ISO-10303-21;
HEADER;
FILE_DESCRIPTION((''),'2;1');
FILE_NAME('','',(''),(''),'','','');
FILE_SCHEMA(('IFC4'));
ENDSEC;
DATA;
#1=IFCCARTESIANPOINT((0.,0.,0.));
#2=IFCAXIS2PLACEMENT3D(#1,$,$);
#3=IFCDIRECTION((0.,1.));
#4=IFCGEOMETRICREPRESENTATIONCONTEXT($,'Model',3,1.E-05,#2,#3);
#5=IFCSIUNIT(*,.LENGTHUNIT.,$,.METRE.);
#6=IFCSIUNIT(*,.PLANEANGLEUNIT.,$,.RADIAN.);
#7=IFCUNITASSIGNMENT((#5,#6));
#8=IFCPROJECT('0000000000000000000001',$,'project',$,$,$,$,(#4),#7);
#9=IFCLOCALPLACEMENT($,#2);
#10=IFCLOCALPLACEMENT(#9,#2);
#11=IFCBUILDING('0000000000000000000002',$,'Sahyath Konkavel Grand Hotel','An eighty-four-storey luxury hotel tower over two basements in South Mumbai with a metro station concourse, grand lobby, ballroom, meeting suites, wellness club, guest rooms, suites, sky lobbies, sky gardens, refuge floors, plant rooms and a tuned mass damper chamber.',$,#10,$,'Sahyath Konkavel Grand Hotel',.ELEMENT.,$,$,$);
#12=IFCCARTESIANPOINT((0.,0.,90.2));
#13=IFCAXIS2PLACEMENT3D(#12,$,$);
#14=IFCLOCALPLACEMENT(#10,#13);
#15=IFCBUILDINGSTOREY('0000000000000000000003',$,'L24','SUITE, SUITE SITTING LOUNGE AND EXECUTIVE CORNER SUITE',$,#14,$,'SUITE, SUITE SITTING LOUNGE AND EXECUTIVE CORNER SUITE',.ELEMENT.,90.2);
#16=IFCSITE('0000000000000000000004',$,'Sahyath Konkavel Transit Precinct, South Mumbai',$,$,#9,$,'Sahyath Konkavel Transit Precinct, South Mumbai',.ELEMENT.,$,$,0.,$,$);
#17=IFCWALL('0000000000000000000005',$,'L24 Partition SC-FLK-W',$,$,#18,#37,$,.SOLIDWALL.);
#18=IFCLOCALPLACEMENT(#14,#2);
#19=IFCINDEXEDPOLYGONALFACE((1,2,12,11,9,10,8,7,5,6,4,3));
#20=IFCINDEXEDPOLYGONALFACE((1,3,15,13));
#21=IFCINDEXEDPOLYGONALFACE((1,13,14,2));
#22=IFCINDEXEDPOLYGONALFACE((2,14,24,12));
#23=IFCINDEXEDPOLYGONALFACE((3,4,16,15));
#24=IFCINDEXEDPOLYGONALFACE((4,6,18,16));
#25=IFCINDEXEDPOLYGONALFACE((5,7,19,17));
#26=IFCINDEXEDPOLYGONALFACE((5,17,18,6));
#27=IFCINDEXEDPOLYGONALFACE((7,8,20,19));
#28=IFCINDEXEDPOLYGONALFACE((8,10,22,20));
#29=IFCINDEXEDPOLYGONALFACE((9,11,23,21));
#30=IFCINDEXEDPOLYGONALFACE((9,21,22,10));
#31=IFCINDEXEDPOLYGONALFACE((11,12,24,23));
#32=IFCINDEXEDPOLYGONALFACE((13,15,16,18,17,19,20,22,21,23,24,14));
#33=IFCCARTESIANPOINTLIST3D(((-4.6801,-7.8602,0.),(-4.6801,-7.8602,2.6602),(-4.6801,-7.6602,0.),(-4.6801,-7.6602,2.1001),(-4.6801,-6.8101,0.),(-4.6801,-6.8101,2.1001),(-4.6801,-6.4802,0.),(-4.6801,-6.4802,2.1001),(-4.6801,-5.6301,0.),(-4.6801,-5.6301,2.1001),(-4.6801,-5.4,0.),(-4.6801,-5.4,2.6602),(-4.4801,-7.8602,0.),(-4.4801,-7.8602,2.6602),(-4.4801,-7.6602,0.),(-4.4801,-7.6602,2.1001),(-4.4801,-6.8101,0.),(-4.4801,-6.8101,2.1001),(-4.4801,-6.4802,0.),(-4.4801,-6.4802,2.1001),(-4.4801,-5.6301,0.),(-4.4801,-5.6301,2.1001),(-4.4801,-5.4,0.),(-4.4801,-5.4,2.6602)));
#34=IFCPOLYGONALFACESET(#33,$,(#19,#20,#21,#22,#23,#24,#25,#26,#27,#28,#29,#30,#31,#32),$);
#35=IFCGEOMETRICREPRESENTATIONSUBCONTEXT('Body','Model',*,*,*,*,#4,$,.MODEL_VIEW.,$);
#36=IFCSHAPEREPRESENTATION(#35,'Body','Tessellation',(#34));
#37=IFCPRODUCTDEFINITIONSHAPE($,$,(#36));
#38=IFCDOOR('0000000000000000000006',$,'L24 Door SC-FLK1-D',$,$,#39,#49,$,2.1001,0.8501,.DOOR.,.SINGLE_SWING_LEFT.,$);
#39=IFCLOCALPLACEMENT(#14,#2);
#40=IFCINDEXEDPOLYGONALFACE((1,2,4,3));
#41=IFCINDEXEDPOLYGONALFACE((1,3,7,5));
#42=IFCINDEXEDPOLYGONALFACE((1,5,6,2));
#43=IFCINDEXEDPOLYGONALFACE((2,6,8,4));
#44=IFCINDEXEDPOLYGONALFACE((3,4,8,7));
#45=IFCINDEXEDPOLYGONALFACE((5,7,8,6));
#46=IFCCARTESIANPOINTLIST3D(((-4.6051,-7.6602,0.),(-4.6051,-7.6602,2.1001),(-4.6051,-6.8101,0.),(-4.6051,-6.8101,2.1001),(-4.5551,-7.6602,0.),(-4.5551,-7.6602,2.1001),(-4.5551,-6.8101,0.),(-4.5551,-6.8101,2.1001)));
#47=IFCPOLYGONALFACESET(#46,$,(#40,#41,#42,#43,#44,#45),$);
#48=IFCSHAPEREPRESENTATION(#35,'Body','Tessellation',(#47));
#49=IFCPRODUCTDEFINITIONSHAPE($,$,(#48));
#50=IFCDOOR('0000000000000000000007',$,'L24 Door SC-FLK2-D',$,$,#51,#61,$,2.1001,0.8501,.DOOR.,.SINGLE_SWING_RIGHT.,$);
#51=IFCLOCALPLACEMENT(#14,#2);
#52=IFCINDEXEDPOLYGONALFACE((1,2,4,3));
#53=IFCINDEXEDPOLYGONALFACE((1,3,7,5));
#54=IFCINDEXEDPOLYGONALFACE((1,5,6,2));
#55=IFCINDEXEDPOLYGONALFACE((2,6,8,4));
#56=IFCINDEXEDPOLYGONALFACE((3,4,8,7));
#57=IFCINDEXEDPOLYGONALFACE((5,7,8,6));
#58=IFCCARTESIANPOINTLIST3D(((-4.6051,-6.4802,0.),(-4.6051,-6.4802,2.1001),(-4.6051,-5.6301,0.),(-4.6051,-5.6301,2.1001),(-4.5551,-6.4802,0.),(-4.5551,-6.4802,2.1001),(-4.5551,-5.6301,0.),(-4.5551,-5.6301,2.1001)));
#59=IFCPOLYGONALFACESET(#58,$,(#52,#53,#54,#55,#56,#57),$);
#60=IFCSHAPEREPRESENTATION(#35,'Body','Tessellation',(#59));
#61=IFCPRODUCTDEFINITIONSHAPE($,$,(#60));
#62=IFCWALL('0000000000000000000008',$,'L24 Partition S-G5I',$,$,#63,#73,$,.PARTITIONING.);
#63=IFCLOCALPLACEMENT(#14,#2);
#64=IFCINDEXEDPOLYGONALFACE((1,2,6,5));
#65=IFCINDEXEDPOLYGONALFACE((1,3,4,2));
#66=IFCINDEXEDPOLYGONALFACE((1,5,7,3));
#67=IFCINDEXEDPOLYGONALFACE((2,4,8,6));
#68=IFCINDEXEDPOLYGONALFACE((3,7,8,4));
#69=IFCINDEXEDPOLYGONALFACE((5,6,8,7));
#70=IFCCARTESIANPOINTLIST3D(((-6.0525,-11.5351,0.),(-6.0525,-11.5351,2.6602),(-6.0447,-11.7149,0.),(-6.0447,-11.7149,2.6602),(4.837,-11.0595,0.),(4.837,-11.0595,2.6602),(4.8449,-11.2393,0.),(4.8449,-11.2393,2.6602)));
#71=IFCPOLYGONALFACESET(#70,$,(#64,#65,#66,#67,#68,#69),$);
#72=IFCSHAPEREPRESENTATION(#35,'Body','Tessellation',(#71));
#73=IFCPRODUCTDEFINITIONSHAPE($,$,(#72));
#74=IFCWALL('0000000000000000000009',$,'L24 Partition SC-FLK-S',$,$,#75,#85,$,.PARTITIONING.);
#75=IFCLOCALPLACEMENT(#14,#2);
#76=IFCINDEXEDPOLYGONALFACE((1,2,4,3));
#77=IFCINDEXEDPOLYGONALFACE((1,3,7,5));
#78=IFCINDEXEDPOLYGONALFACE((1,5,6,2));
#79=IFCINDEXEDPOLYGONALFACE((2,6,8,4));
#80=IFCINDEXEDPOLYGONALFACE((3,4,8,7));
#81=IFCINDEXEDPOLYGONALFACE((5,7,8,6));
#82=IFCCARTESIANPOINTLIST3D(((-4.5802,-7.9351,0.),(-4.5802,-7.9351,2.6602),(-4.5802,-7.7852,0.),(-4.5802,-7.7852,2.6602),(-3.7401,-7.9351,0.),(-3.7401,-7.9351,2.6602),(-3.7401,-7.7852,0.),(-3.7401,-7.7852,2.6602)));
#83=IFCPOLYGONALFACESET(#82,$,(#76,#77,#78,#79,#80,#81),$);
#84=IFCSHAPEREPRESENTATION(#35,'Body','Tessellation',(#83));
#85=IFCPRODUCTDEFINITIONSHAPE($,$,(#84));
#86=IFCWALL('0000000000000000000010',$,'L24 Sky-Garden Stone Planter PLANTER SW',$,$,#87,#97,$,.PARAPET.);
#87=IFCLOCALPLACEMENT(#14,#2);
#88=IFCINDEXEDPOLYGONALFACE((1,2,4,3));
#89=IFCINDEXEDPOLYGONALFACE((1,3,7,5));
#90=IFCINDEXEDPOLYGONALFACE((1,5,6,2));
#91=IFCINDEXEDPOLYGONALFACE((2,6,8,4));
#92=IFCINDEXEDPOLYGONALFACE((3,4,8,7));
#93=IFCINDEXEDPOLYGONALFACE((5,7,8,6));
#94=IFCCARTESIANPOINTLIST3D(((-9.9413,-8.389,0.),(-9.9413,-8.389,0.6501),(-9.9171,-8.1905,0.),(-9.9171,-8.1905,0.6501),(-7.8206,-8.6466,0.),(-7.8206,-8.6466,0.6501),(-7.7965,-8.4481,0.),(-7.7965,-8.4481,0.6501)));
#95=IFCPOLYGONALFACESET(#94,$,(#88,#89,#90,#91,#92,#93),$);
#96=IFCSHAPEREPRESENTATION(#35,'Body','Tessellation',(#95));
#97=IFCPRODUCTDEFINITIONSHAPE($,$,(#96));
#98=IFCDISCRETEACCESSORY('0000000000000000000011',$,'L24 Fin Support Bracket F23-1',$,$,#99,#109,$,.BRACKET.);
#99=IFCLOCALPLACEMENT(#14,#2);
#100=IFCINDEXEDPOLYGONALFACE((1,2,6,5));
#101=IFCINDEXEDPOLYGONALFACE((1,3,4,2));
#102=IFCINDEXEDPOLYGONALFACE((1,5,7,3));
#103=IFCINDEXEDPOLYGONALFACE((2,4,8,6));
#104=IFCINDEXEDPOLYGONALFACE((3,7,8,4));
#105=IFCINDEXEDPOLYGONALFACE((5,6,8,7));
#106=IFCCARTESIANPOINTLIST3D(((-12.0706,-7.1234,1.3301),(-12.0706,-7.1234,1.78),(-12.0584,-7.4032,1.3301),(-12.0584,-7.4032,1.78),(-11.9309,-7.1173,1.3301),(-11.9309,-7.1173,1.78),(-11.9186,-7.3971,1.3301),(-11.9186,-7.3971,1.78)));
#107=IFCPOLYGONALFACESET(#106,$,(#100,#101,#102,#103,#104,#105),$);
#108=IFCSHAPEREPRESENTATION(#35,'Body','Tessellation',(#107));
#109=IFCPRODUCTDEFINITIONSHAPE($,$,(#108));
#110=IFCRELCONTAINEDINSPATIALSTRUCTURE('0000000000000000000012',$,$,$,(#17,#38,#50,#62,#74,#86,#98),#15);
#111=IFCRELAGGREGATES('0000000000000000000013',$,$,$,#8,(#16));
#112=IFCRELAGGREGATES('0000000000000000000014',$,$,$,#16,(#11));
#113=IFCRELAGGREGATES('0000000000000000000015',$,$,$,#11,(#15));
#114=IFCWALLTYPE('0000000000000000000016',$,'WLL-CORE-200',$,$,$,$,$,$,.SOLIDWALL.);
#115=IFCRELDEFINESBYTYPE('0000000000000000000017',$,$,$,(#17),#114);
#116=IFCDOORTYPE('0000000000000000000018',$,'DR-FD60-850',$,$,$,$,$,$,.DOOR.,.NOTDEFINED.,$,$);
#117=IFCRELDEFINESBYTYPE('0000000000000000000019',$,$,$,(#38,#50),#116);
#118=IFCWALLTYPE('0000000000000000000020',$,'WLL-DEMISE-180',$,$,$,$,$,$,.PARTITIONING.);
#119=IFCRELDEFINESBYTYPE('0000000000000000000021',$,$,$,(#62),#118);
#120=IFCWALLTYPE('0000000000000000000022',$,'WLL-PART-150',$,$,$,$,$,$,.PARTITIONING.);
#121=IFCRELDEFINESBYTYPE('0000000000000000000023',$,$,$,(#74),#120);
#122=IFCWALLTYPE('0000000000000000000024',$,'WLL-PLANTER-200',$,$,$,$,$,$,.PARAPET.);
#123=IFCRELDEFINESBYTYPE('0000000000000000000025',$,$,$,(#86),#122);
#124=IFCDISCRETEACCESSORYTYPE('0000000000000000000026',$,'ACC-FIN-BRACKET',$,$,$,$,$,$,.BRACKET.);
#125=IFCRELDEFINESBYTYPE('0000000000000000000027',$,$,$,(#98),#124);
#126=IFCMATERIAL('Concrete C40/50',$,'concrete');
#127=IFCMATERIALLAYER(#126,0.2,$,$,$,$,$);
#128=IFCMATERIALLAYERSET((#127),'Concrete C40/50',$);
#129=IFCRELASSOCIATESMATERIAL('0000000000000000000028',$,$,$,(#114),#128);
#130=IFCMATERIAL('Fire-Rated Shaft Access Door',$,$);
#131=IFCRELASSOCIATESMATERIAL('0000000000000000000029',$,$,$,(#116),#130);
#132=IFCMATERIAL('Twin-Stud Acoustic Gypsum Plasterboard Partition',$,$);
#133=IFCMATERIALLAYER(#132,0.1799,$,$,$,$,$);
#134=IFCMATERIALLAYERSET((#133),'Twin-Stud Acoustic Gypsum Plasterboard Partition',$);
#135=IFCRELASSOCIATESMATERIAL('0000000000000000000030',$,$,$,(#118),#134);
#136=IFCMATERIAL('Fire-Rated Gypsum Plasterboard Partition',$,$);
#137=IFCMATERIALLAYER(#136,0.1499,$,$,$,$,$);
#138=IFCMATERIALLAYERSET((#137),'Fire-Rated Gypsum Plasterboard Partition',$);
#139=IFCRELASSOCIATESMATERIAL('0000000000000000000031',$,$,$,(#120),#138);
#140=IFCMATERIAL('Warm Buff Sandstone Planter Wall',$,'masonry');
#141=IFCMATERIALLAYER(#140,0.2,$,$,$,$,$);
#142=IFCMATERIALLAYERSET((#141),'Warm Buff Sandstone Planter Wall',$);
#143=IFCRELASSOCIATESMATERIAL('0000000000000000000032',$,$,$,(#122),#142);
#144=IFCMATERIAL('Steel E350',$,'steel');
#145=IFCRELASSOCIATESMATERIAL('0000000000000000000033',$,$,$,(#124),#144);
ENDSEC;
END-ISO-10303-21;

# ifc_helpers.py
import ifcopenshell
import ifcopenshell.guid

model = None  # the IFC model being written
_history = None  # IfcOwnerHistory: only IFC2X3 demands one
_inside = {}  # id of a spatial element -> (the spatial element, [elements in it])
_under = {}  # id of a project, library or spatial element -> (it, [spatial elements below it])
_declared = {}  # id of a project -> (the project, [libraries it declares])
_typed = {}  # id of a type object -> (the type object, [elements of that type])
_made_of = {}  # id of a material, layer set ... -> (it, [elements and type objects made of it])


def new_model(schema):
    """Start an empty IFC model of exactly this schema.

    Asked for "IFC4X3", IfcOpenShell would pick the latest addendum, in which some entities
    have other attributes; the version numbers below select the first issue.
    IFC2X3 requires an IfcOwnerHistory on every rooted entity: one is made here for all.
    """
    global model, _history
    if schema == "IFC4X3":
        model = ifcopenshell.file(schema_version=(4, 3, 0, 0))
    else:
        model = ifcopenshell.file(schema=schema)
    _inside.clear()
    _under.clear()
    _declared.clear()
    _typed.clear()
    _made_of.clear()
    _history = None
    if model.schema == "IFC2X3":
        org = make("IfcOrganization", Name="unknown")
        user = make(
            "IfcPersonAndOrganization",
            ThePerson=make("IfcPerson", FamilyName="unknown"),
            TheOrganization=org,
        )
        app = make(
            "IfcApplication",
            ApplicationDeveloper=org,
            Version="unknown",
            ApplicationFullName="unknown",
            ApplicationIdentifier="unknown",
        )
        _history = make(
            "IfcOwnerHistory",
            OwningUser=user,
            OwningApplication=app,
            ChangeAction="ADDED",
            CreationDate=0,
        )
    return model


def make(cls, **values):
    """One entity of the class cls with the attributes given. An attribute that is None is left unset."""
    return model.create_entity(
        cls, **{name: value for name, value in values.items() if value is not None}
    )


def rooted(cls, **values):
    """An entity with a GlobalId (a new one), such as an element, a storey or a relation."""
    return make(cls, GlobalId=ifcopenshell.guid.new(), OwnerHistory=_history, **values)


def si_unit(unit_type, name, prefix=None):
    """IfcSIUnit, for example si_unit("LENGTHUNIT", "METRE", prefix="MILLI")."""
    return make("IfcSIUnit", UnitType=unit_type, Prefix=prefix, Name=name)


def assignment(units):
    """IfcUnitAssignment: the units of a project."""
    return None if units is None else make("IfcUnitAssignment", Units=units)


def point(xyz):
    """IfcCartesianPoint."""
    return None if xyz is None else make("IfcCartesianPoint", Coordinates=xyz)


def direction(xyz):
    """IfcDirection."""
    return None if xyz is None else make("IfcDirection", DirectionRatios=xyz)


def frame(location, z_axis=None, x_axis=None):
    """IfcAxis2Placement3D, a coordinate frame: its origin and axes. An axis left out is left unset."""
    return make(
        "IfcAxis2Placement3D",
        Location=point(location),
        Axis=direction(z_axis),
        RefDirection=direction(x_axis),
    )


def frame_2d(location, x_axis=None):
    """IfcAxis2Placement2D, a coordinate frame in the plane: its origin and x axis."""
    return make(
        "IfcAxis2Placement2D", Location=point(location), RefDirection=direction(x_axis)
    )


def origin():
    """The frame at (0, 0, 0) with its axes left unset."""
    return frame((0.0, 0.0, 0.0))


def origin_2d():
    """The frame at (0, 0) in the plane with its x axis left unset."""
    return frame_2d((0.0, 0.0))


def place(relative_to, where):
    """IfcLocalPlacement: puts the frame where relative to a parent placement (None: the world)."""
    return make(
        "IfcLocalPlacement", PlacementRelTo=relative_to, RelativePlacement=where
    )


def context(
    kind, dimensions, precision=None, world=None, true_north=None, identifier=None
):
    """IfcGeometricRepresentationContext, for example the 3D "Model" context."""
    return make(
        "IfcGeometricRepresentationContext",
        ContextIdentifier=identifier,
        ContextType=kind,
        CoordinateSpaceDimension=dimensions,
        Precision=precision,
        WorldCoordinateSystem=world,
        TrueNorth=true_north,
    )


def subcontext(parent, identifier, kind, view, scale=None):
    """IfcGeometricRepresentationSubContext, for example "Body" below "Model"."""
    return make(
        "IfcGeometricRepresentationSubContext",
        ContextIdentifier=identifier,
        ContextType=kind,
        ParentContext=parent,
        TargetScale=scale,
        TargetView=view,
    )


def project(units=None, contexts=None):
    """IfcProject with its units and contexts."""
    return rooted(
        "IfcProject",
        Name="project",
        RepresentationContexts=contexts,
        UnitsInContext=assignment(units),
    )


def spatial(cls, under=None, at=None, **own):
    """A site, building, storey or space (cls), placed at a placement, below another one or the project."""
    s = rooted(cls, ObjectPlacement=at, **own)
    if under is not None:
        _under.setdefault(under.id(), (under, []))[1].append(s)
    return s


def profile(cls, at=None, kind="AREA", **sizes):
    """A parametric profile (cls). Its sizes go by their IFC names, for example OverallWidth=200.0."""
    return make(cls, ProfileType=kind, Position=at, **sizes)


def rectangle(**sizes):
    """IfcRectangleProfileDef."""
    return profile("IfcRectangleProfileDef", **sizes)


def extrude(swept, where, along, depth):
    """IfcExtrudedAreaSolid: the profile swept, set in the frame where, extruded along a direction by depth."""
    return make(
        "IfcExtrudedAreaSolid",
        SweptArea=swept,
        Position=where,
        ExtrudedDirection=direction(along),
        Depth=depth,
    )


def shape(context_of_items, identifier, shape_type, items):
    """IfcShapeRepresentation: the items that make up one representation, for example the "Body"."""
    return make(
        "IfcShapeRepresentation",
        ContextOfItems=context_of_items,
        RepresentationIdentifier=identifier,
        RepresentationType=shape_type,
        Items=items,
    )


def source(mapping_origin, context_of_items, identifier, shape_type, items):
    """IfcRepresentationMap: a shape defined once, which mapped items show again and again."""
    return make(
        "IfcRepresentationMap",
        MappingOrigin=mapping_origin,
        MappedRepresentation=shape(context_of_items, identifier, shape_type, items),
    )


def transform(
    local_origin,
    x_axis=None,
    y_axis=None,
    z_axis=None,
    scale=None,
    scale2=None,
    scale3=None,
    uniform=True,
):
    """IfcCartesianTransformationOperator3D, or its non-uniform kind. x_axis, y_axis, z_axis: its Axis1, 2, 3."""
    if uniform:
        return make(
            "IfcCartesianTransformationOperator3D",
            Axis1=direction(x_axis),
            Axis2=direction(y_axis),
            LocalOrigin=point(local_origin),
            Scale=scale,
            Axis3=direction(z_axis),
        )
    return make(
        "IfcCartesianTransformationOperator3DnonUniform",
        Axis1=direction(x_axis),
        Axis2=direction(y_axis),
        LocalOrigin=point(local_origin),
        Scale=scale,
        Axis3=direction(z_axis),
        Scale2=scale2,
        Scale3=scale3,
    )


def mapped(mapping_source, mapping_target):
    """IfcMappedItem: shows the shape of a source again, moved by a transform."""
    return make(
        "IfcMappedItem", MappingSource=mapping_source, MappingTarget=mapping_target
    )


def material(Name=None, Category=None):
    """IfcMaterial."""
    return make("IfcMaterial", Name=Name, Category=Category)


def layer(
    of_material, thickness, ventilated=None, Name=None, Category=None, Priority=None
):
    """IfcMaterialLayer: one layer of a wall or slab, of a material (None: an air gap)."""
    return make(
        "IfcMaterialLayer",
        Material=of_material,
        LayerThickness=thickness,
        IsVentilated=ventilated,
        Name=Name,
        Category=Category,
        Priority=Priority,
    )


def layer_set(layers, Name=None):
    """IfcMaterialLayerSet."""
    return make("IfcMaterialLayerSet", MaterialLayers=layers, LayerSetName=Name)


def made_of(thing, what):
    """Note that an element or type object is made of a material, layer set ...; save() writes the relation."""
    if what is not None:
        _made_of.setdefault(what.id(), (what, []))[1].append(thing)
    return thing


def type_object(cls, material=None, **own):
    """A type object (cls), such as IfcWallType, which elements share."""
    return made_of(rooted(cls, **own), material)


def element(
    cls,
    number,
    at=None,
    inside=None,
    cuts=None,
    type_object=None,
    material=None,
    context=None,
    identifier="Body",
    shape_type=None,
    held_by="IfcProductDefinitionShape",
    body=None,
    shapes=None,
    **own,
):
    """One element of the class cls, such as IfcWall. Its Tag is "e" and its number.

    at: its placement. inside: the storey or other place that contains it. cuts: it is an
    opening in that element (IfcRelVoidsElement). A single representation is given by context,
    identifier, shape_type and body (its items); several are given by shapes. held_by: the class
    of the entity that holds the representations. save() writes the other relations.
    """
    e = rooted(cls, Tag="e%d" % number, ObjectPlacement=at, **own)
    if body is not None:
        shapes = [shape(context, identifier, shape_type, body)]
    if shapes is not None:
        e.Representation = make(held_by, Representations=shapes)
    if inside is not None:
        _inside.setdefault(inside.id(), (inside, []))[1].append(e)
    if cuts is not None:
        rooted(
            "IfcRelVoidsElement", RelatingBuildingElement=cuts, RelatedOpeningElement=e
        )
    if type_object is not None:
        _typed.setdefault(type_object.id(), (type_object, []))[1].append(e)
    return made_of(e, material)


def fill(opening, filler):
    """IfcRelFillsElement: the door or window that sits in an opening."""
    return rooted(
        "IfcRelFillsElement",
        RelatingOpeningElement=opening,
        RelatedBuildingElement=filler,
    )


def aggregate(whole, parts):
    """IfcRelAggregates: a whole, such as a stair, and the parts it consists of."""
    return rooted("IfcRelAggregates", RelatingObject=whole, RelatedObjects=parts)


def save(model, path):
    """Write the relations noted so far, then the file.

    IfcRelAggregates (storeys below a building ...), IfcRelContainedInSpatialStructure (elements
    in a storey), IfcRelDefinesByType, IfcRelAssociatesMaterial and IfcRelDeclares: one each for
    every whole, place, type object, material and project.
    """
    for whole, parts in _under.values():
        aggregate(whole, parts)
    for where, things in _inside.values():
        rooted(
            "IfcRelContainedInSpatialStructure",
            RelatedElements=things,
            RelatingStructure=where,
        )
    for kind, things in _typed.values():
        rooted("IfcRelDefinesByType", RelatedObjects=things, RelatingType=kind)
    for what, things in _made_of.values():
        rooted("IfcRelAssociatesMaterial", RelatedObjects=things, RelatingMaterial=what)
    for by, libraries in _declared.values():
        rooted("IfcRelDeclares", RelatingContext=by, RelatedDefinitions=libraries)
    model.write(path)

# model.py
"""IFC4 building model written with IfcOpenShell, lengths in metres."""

from ifc_helpers import new_model, si_unit, direction, frame, frame_2d, origin, origin_2d, place, context, subcontext, project, spatial, rectangle, extrude, source, transform, mapped, material, layer, layer_set, type_object, element, fill, save


model = new_model("IFC4")

# Units and contexts
model_context = context("Model", 3, precision=1e-05, world=origin(), true_north=direction((0.0, 1.0)))
body_context = subcontext(model_context, "Body", "Model", "MODEL_VIEW")
ifc_project = project(units=[si_unit("LENGTHUNIT", "METRE"), si_unit("PLANEANGLEUNIT", "RADIAN")], contexts=[model_context])

# Site, building, storey
site_placement = place(None, origin())
site = spatial("IfcSite", under=ifc_project, at=site_placement, Name="Sahyath Konkavel Transit Precinct, South Mumbai", LongName="Sahyath Konkavel Transit Precinct, South Mumbai", CompositionType="ELEMENT", RefElevation=0.0)
building_placement = place(site_placement, origin())
building = spatial("IfcBuilding", under=site, at=building_placement, Name="Sahyath Konkavel Grand Hotel", Description="An eighty-four-storey luxury hotel tower over two basements in South Mumbai with a metro station concourse, grand lobby, ballroom, meeting suites, wellness club, guest rooms, suites, sky lobbies, sky gardens, refuge floors, plant rooms and a tuned mass damper chamber.", LongName="Sahyath Konkavel Grand Hotel", CompositionType="ELEMENT")
storey_placement = place(building_placement, frame((0.0, 0.0, 90.2)))
storey = spatial("IfcBuildingStorey", under=building, at=storey_placement, Name="L24", Description="SUITE, SUITE SITTING LOUNGE AND EXECUTIVE CORNER SUITE", LongName="SUITE, SUITE SITTING LOUNGE AND EXECUTIVE CORNER SUITE", CompositionType="ELEMENT", Elevation=90.2)

# Shared definitions
ifc_material_1 = material(Name="Steel E350", Category="steel")

# Shared definitions
ifc_material_2 = material(Name="Concrete C40/50", Category="concrete")
ifc_layer_1 = layer(ifc_material_2, 0.2)
ifc_layer_set_1 = layer_set([ifc_layer_1], Name="Concrete C40/50")
wall_type_1 = type_object("IfcWallType", Name="WLL-CORE-200", PredefinedType="SOLIDWALL", material=ifc_layer_set_1)

# Wall, openings, doors
wall_1_placement = place(storey_placement, frame((-4.5801, -7.8601, 0.0), z_axis=(0.0, 0.0, 1.0), x_axis=(0.0, 1.0, 0.0)))
wall_1 = element("IfcWall", 1, at=wall_1_placement, inside=storey, type_object=wall_type_1, Name="L24 Partition SC-FLK-W", PredefinedType="SOLIDWALL", context=body_context, shape_type="SweptSolid", body=[
    extrude(rectangle(XDim=2.4602, YDim=0.2, at=frame_2d((1.23, 0.0))), origin(), (0.0, 0.0, 1.0), 2.6602),
])
opening_1_placement = place(wall_1_placement, frame((0.2, 0.0, 0.0)))
opening_1 = element("IfcOpeningElement", 2, at=opening_1_placement, cuts=wall_1, PredefinedType="OPENING", context=body_context, shape_type="SweptSolid", body=[
    extrude(rectangle(XDim=0.8501, YDim=2.1001, at=frame_2d((0.425, 1.05))), frame((0.0, 0.1099, 0.0), z_axis=(0.0, -1.0, 0.0), x_axis=(1.0, 0.0, 0.0)), (0.0, 0.0, 1.0), 0.22),
])
opening_2_placement = place(wall_1_placement, frame((1.3799, 0.0, 0.0)))
opening_2 = element("IfcOpeningElement", 3, at=opening_2_placement, cuts=wall_1, PredefinedType="OPENING", context=body_context, shape_type="SweptSolid", body=[
    extrude(rectangle(XDim=0.8501, YDim=2.1001, at=frame_2d((0.425, 1.05))), frame((0.0, 0.1099, 0.0), z_axis=(0.0, -1.0, 0.0), x_axis=(1.0, 0.0, 0.0)), (0.0, 0.0, 1.0), 0.22),
])
ifc_material_3 = material(Name="Fire-Rated Shaft Access Door")
door_type_1 = type_object("IfcDoorType", Name="DR-FD60-850", OperationType="NOTDEFINED", PredefinedType="DOOR", material=ifc_material_3)
shared_shape_1 = source(origin(), body_context, "Body", "SweptSolid", [
    extrude(rectangle(XDim=0.8501, YDim=0.05, at=origin_2d()), origin(), (0.0, 0.0, 1.0), 2.1001),
])
door_1_placement = place(opening_1_placement, frame((0.425, 0.0, 0.0)))
door_1 = element("IfcDoor", 4, at=door_1_placement, inside=storey, type_object=door_type_1, Name="L24 Door SC-FLK1-D", OperationType="SINGLE_SWING_LEFT", OverallHeight=2.1001, OverallWidth=0.8501, PredefinedType="DOOR", context=body_context, shape_type="MappedRepresentation", body=[
    mapped(shared_shape_1, transform((0.0, 0.0, 0.0), scale=1.0)),
])
fill(opening_1, door_1)
door_2_placement = place(opening_2_placement, frame((0.425, 0.0, 0.0)))
door_2 = element("IfcDoor", 5, at=door_2_placement, inside=storey, type_object=door_type_1, Name="L24 Door SC-FLK2-D", OperationType="SINGLE_SWING_RIGHT", OverallHeight=2.1001, OverallWidth=0.8501, PredefinedType="DOOR", context=body_context, shape_type="MappedRepresentation", body=[
    mapped(shared_shape_1, transform((0.0, 0.0, 0.0), scale=1.0)),
])
fill(opening_2, door_2)

# Walls
ifc_material_4 = material(Name="Twin-Stud Acoustic Gypsum Plasterboard Partition")
ifc_layer_2 = layer(ifc_material_4, 0.1799)
ifc_layer_set_2 = layer_set([ifc_layer_2], Name="Twin-Stud Acoustic Gypsum Plasterboard Partition")
wall_type_2 = type_object("IfcWallType", Name="WLL-DEMISE-180", PredefinedType="PARTITIONING", material=ifc_layer_set_2)
wall_2_placement = place(storey_placement, frame((-6.0486, -11.625, 0.0), z_axis=(0.0, 0.0, 1.0), x_axis=(0.999048, 0.043633, 0.0)))
element("IfcWall", 6, at=wall_2_placement, inside=storey, type_object=wall_type_2, Name="L24 Partition S-G5I", PredefinedType="PARTITIONING", context=body_context, shape_type="SweptSolid", body=[
    extrude(rectangle(XDim=10.8999, YDim=0.1799, at=frame_2d((5.45, 0.0))), origin(), (0.0, 0.0, 1.0), 2.6602),
])
ifc_material_5 = material(Name="Fire-Rated Gypsum Plasterboard Partition")
ifc_layer_3 = layer(ifc_material_5, 0.1499)
ifc_layer_set_3 = layer_set([ifc_layer_3], Name="Fire-Rated Gypsum Plasterboard Partition")
wall_type_3 = type_object("IfcWallType", Name="WLL-PART-150", PredefinedType="PARTITIONING", material=ifc_layer_set_3)
wall_3_placement = place(storey_placement, frame((-4.5801, -7.8601, 0.0), z_axis=(0.0, 0.0, 1.0), x_axis=(1.0, 0.0, 0.0)))
element("IfcWall", 7, at=wall_3_placement, inside=storey, type_object=wall_type_3, Name="L24 Partition SC-FLK-S", PredefinedType="PARTITIONING", context=body_context, shape_type="SweptSolid", body=[
    extrude(rectangle(XDim=0.8401, YDim=0.1499, at=frame_2d((0.4199, 0.0))), origin(), (0.0, 0.0, 1.0), 2.6602),
])
ifc_material_6 = material(Name="Warm Buff Sandstone Planter Wall", Category="masonry")
ifc_layer_4 = layer(ifc_material_6, 0.2)
ifc_layer_set_4 = layer_set([ifc_layer_4], Name="Warm Buff Sandstone Planter Wall")
wall_type_4 = type_object("IfcWallType", Name="WLL-PLANTER-200", PredefinedType="PARAPET", material=ifc_layer_set_4)
wall_4_placement = place(storey_placement, frame((-9.9292, -8.2898, 0.0), z_axis=(0.0, 0.0, 1.0), x_axis=(0.992704, -0.120574, 0.0)))
element("IfcWall", 8, at=wall_4_placement, inside=storey, type_object=wall_type_4, Name="L24 Sky-Garden Stone Planter PLANTER SW", PredefinedType="PARAPET", context=body_context, shape_type="SweptSolid", body=[
    extrude(rectangle(XDim=2.1362, YDim=0.2, at=frame_2d((1.0681, 0.0))), origin(), (0.0, 0.0, 1.0), 0.6501),
])

# Discrete accessory
discrete_accessory_type = type_object("IfcDiscreteAccessoryType", Name="ACC-FIN-BRACKET", PredefinedType="BRACKET", material=ifc_material_1)
shared_shape_2 = source(origin(), body_context, "Body", "SweptSolid", [
    extrude(rectangle(XDim=0.28, YDim=0.1399, at=origin_2d()), origin(), (0.0, 0.0, 1.0), 0.45),
])
discrete_accessory_placement = place(storey_placement, frame((-11.9946, -7.2603, 1.3301), z_axis=(0.0, 0.0, 1.0), x_axis=(0.043619, -0.999048, 0.0)))
element("IfcDiscreteAccessory", 9, at=discrete_accessory_placement, inside=storey, type_object=discrete_accessory_type, Name="L24 Fin Support Bracket F23-1", PredefinedType="BRACKET", context=body_context, shape_type="MappedRepresentation", body=[
    mapped(shared_shape_2, transform((0.0, 0.0, 0.0), scale=1.0)),
])

save(model, "model.ifc")
